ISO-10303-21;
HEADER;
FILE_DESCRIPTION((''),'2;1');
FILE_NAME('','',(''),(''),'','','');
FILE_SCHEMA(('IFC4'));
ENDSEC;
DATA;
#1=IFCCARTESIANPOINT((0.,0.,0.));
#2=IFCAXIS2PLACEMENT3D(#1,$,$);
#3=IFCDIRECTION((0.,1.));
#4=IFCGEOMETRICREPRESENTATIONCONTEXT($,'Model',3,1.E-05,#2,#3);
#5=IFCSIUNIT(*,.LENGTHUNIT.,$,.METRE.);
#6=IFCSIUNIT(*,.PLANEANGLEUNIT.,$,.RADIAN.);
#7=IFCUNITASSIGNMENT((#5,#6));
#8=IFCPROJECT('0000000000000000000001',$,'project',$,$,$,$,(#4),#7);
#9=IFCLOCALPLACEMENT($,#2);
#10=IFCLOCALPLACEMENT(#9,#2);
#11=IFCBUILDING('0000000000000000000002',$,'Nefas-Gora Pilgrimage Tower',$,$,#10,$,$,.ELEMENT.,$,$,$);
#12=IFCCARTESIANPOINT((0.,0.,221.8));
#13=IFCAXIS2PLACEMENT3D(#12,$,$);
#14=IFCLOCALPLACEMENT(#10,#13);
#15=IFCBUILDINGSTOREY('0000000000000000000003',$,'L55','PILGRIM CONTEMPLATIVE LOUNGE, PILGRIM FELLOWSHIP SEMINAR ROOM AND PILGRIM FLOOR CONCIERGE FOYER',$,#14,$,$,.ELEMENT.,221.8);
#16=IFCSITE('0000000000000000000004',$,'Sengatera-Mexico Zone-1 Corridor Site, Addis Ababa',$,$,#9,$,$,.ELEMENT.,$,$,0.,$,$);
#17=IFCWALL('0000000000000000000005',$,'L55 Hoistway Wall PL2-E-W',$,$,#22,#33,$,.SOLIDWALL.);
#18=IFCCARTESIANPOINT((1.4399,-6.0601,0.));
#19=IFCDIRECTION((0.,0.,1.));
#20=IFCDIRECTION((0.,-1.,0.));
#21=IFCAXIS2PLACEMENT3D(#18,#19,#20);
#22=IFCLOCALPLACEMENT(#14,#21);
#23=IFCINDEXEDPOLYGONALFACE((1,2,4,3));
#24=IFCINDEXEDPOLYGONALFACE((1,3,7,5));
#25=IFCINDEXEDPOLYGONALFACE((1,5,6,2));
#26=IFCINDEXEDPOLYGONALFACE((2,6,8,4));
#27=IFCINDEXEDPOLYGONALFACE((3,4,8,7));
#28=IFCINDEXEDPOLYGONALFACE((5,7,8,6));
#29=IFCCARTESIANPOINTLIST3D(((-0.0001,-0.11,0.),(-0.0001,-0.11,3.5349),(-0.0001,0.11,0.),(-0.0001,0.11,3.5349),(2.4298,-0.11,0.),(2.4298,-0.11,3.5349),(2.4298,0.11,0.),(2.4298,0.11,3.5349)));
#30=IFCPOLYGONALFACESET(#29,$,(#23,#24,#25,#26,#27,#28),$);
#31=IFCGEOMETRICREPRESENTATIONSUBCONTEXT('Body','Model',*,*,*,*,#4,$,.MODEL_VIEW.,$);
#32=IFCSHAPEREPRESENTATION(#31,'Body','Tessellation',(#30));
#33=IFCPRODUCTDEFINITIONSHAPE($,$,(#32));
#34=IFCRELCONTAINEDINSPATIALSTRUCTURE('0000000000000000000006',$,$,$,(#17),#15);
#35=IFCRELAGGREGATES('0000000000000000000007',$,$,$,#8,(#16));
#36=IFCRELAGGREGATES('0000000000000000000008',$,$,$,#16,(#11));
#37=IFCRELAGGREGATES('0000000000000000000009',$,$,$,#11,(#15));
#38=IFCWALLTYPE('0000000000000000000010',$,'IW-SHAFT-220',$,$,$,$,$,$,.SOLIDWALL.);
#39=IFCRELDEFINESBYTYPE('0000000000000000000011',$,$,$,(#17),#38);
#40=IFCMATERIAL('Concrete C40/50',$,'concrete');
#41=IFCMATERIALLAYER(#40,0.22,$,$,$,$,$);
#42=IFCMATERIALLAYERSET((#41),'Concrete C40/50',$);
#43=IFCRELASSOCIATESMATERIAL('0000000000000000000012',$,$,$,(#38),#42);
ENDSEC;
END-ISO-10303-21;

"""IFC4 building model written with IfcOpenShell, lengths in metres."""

from ifc_helpers import new_model, si_unit, direction, frame, frame_2d, origin, place, context, subcontext, project, spatial, rectangle, extrude, source, transform, mapped, material, layer, layer_set, type_object, element, save


model = new_model("IFC4")

# Units and contexts
model_context = context("Model", 3, precision=1e-05, world=origin(), true_north=direction((0.0, 1.0)))
body_context = subcontext(model_context, "Body", "Model", "MODEL_VIEW")
ifc_project = project(units=[si_unit("LENGTHUNIT", "METRE"), si_unit("PLANEANGLEUNIT", "RADIAN")], contexts=[model_context])

# Site, building, storey
site_placement = place(None, origin())
site = spatial("IfcSite", under=ifc_project, at=site_placement, Name="Sengatera-Mexico Zone-1 Corridor Site, Addis Ababa", CompositionType="ELEMENT", RefElevation=0.0)
building_placement = place(site_placement, origin())
building = spatial("IfcBuilding", under=site, at=building_placement, Name="Nefas-Gora Pilgrimage Tower", CompositionType="ELEMENT")
storey_placement = place(building_placement, frame((0.0, 0.0, 221.8)))
storey = spatial("IfcBuildingStorey", under=building, at=storey_placement, Name="L55", Description="PILGRIM CONTEMPLATIVE LOUNGE, PILGRIM FELLOWSHIP SEMINAR ROOM AND PILGRIM FLOOR CONCIERGE FOYER", CompositionType="ELEMENT", Elevation=221.8)

# Shared definitions
ifc_material_1 = material(Name="Concrete C40/50", Category="concrete")
ifc_layer_1 = layer(ifc_material_1, 0.22)
ifc_layer_set_1 = layer_set([ifc_layer_1], Name="Concrete C40/50")
wall_type_1 = type_object("IfcWallType", Name="IW-SHAFT-220", PredefinedType="SOLIDWALL", material=ifc_layer_set_1)

# Wall
shared_shape_1 = source(origin(), body_context, "Body", "SweptSolid", [
    extrude(rectangle(XDim=2.4299, YDim=0.22, at=frame_2d((1.2148, 0.0))), origin(), (0.0, 0.0, 1.0), 3.5349),
])
for number, where, z_axis, x_axis, name in (
    (1, (1.4399, -6.0601, 0.0), (0.0, 0.0, 1.0), (0.0, -1.0, 0.0), "L55 Hoistway Wall PL2-E-W"),
):
    element("IfcWall", number, at=place(storey_placement, frame(where, z_axis=z_axis, x_axis=x_axis)), inside=storey, type_object=wall_type_1, Name=name, PredefinedType="SOLIDWALL", context=body_context, shape_type="MappedRepresentation", body=[
        mapped(shared_shape_1, transform((0.0, 0.0, 0.0), x_axis=(1.0, 0.0, 0.0), y_axis=(0.0, 1.0, 0.0), z_axis=(0.0, 0.0, 1.0), scale=1.0)),
    ])

save(model, "model.ifc")
